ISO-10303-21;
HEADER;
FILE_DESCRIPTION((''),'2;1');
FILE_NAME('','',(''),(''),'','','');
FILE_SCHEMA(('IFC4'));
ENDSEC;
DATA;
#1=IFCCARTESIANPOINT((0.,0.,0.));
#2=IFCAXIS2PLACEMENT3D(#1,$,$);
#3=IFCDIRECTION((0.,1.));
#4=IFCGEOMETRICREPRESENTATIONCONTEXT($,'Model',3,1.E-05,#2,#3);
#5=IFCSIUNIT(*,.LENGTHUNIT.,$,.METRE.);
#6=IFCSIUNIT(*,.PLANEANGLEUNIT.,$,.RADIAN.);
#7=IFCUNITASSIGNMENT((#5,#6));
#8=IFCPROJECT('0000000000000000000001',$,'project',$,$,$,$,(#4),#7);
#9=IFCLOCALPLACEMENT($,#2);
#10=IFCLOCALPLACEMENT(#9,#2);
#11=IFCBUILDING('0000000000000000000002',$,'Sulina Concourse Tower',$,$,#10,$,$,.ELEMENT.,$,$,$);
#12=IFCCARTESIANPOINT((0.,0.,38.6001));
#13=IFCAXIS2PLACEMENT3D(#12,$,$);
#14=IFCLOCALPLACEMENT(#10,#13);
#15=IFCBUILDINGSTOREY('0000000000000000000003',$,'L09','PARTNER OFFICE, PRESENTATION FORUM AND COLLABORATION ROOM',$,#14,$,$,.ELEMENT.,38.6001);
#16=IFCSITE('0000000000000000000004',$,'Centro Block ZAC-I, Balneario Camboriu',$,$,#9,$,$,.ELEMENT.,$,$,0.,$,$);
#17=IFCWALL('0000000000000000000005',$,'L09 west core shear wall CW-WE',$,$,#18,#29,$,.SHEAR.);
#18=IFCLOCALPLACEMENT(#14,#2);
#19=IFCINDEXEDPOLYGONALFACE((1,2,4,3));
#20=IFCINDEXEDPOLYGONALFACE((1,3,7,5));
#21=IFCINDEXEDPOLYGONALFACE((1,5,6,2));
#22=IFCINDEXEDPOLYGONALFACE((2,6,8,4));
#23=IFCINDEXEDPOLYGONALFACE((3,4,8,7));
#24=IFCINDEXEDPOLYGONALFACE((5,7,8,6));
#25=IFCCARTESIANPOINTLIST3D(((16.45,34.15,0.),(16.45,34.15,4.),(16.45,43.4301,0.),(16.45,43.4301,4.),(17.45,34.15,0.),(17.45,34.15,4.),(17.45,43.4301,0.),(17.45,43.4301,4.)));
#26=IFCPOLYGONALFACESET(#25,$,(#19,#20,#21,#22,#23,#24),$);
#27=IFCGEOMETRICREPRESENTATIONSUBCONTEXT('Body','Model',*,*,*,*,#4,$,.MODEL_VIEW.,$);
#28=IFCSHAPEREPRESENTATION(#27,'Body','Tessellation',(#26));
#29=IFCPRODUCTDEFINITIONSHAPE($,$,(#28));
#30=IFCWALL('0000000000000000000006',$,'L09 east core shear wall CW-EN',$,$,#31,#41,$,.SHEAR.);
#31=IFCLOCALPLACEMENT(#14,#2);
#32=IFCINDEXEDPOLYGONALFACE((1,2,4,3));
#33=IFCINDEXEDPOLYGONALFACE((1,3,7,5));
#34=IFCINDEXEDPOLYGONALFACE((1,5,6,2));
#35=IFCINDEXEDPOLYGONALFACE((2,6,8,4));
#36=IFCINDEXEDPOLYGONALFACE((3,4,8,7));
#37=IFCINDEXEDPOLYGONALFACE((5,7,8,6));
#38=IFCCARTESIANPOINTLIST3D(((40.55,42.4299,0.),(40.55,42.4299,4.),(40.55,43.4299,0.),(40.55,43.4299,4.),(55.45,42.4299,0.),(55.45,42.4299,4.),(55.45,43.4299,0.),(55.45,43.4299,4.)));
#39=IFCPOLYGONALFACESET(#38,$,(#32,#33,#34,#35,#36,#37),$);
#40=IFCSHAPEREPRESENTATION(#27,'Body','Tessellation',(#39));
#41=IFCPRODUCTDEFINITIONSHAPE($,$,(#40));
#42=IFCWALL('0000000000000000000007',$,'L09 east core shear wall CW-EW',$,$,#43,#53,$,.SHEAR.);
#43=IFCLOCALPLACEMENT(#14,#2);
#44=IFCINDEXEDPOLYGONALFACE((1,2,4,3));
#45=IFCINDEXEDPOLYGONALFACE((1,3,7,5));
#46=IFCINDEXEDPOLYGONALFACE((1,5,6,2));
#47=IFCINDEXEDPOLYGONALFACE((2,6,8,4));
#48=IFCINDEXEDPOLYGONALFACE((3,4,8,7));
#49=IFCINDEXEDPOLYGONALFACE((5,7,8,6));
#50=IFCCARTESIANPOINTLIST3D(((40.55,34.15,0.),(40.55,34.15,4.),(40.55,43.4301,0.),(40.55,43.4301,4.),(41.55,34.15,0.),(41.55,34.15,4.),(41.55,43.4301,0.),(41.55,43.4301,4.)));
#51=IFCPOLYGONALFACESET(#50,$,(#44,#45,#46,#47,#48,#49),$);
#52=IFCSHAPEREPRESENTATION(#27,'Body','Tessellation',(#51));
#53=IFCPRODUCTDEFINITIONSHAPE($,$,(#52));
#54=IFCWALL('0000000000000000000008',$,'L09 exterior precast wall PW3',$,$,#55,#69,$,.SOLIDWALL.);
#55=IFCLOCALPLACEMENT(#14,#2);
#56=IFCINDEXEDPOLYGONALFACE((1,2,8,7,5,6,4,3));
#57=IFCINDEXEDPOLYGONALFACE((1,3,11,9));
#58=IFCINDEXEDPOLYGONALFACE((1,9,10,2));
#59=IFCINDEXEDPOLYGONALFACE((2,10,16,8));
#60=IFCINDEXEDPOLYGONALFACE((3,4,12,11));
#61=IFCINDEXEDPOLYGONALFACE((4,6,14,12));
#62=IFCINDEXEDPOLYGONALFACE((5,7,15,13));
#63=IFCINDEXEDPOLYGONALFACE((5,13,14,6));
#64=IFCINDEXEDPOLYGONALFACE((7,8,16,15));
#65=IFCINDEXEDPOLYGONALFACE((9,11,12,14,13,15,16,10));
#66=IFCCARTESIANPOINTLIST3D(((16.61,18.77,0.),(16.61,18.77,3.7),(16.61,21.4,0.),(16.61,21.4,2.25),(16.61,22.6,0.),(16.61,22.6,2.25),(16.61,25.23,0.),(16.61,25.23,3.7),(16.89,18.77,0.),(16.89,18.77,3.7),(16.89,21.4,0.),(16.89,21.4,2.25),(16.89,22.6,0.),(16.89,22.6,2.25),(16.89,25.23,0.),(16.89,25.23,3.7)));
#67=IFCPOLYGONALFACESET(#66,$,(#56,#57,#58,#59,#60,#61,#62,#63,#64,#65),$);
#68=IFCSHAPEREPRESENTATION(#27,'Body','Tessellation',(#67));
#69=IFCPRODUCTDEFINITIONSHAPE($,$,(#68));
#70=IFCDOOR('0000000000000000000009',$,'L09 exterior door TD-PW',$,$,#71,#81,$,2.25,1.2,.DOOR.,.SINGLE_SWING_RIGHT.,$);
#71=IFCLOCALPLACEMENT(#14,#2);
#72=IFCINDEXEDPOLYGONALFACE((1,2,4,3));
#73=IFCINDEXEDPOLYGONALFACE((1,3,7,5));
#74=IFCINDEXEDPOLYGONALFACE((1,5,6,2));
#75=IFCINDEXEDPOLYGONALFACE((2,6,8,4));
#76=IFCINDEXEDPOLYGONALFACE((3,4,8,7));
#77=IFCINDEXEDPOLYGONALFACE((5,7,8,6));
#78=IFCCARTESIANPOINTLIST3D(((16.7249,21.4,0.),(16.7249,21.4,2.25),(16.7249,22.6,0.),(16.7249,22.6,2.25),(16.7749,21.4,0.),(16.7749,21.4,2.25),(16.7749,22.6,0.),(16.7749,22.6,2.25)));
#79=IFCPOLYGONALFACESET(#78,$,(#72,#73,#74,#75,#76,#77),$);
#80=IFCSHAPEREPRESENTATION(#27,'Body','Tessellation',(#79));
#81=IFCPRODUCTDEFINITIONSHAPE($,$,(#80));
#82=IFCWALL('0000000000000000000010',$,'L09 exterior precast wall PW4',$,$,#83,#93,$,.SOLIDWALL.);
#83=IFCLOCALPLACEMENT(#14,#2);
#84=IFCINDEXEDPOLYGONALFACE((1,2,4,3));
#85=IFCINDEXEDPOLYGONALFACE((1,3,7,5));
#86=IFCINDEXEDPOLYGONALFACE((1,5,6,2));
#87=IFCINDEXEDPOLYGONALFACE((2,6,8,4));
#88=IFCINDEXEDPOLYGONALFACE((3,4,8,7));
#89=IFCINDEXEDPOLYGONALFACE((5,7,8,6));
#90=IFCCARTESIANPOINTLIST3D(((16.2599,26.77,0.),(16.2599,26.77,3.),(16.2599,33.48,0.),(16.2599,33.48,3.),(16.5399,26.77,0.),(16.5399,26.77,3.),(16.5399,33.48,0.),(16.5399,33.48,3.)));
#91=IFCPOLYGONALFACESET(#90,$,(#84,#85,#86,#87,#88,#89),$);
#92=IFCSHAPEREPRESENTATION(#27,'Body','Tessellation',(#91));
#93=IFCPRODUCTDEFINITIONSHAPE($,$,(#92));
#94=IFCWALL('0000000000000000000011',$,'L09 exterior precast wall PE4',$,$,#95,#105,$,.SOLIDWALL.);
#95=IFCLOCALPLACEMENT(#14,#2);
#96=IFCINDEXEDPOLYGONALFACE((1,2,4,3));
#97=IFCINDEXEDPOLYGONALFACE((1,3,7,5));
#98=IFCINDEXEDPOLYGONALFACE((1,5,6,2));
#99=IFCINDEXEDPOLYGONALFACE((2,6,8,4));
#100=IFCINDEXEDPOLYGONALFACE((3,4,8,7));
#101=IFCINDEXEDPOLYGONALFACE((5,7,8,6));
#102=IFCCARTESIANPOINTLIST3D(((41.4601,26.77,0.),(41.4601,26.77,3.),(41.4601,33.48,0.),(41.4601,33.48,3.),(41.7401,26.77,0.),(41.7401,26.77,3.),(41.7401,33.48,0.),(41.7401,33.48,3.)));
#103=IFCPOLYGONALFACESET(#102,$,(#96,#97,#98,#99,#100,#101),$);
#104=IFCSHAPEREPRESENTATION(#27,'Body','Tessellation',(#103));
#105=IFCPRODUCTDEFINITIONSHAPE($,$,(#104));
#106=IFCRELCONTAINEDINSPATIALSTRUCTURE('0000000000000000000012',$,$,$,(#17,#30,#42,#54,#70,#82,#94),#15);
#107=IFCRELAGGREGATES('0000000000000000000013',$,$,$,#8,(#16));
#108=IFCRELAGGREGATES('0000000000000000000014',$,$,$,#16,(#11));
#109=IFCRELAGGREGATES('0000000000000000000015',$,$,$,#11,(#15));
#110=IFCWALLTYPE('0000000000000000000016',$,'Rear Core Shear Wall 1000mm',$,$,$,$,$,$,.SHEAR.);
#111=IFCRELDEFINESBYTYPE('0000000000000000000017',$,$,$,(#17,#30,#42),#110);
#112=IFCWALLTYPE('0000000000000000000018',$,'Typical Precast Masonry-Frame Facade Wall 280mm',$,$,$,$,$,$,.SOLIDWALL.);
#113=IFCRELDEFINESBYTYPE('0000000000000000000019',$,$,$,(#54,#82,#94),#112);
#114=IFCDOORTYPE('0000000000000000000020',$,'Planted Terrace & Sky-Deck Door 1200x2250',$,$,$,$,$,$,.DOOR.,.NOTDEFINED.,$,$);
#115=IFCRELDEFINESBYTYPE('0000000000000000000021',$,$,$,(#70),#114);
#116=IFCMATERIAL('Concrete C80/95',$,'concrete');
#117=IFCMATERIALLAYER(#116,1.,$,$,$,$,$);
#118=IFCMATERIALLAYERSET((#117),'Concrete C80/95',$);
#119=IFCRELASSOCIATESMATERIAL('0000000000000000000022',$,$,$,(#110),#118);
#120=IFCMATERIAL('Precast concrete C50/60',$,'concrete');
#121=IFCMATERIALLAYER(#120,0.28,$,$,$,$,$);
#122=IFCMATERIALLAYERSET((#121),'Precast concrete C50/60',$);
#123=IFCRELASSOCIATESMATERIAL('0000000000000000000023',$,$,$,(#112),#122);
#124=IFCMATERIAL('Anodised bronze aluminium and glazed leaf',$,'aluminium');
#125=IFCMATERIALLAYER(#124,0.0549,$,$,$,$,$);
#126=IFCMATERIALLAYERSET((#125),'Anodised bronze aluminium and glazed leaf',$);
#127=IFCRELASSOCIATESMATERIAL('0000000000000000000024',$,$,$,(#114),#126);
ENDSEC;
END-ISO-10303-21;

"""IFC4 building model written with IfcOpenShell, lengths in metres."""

from ifc_helpers import new_model, si_unit, direction, frame, frame_2d, origin, place, context, subcontext, project, spatial, rectangle, extrude, material, layer, layer_set, type_object, element, fill, save


model = new_model("IFC4")

# Units and contexts
model_context = context("Model", 3, precision=1e-05, world=origin(), true_north=direction((0.0, 1.0)))
body_context = subcontext(model_context, "Body", "Model", "MODEL_VIEW")
ifc_project = project(units=[si_unit("LENGTHUNIT", "METRE"), si_unit("PLANEANGLEUNIT", "RADIAN")], contexts=[model_context])

# Site, building, storey
site_placement = place(None, origin())
site = spatial("IfcSite", under=ifc_project, at=site_placement, Name="Centro Block ZAC-I, Balneario Camboriu", CompositionType="ELEMENT", RefElevation=0.0)
building_placement = place(site_placement, origin())
building = spatial("IfcBuilding", under=site, at=building_placement, Name="Sulina Concourse Tower", CompositionType="ELEMENT")
storey_placement = place(building_placement, frame((0.0, 0.0, 38.6001)))
storey = spatial("IfcBuildingStorey", under=building, at=storey_placement, Name="L09", Description="PARTNER OFFICE, PRESENTATION FORUM AND COLLABORATION ROOM", CompositionType="ELEMENT", Elevation=38.6001)

# Walls
ifc_material_1 = material(Name="Concrete C80/95", Category="concrete")
ifc_layer_1 = layer(ifc_material_1, 1.0)
ifc_layer_set_1 = layer_set([ifc_layer_1], Name="Concrete C80/95")
wall_type_1 = type_object("IfcWallType", Name="Rear Core Shear Wall 1000mm", PredefinedType="SHEAR", material=ifc_layer_set_1)
wall_1_placement = place(storey_placement, frame((16.95, 34.1499, 0.0), z_axis=(0.0, 0.0, 1.0), x_axis=(0.0, 1.0, 0.0)))
element("IfcWall", 1, at=wall_1_placement, inside=storey, type_object=wall_type_1, Name="L09 west core shear wall CW-WE", PredefinedType="SHEAR", context=body_context, shape_type="SweptSolid", body=[
    extrude(rectangle(XDim=9.28, YDim=1.0, at=frame_2d((4.6401, 0.0))), origin(), (0.0, 0.0, 1.0), 4.0),
])
wall_2_placement = place(storey_placement, frame((40.55, 42.9299, 0.0), z_axis=(0.0, 0.0, 1.0), x_axis=(1.0, 0.0, 0.0)))
element("IfcWall", 2, at=wall_2_placement, inside=storey, type_object=wall_type_1, Name="L09 east core shear wall CW-EN", PredefinedType="SHEAR", context=body_context, shape_type="SweptSolid", body=[
    extrude(rectangle(XDim=14.8999, YDim=1.0, at=frame_2d((7.45, 0.0))), origin(), (0.0, 0.0, 1.0), 4.0),
])
wall_3_placement = place(storey_placement, frame((41.05, 34.1499, 0.0), z_axis=(0.0, 0.0, 1.0), x_axis=(0.0, 1.0, 0.0)))
element("IfcWall", 3, at=wall_3_placement, inside=storey, type_object=wall_type_1, Name="L09 east core shear wall CW-EW", PredefinedType="SHEAR", context=body_context, shape_type="SweptSolid", body=[
    extrude(rectangle(XDim=9.28, YDim=1.0, at=frame_2d((4.6401, 0.0))), origin(), (0.0, 0.0, 1.0), 4.0),
])

# Wall, opening, door
ifc_material_2 = material(Name="Precast concrete C50/60", Category="concrete")
ifc_layer_2 = layer(ifc_material_2, 0.28)
ifc_layer_set_2 = layer_set([ifc_layer_2], Name="Precast concrete C50/60")
wall_type_2 = type_object("IfcWallType", Name="Typical Precast Masonry-Frame Facade Wall 280mm", PredefinedType="SOLIDWALL", material=ifc_layer_set_2)
wall_4_placement = place(storey_placement, frame((16.75, 25.23, 0.0), z_axis=(0.0, 0.0, 1.0), x_axis=(0.0, -1.0, 0.0)))
wall_4 = element("IfcWall", 4, at=wall_4_placement, inside=storey, type_object=wall_type_2, Name="L09 exterior precast wall PW3", PredefinedType="SOLIDWALL", context=body_context, shape_type="SweptSolid", body=[
    extrude(rectangle(XDim=6.46, YDim=0.28, at=frame_2d((3.23, 0.0))), origin(), (0.0, 0.0, 1.0), 3.7),
])
opening_1_placement = place(wall_4_placement, frame((2.6299, 0.0, 0.0)))
opening_1 = element("IfcOpeningElement", 5, at=opening_1_placement, cuts=wall_4, PredefinedType="OPENING", context=body_context, shape_type="SweptSolid", body=[
    extrude(rectangle(XDim=1.2, YDim=2.25, at=frame_2d((0.6001, 1.125))), frame((0.0, 0.1499, 0.0), z_axis=(0.0, -1.0, 0.0), x_axis=(1.0, 0.0, 0.0)), (0.0, 0.0, 1.0), 0.3),
])
ifc_material_3 = material(Name="Anodised bronze aluminium and glazed leaf", Category="aluminium")
ifc_layer_3 = layer(ifc_material_3, 0.0549)
ifc_layer_set_3 = layer_set([ifc_layer_3], Name="Anodised bronze aluminium and glazed leaf")
door_type_1 = type_object("IfcDoorType", Name="Planted Terrace & Sky-Deck Door 1200x2250", OperationType="NOTDEFINED", PredefinedType="DOOR", material=ifc_layer_set_3)
door_1_placement = place(opening_1_placement, origin())
door_1 = element("IfcDoor", 6, at=door_1_placement, inside=storey, type_object=door_type_1, Name="L09 exterior door TD-PW", OperationType="SINGLE_SWING_RIGHT", OverallHeight=2.25, OverallWidth=1.2, PredefinedType="DOOR", context=body_context, shape_type="SweptSolid", body=[
    extrude(rectangle(XDim=1.2, YDim=2.25, at=frame_2d((0.6001, 1.125))), frame((0.0, 0.0249, 0.0), z_axis=(0.0, -1.0, 0.0), x_axis=(1.0, 0.0, 0.0)), (0.0, 0.0, 1.0), 0.05),
])
fill(opening_1, door_1)

# Walls
for number, where, z_axis, x_axis, name in (
    (7, (16.3999, 33.48, 0.0), (0.0, 0.0, 1.0), (0.0, -1.0, 0.0), "L09 exterior precast wall PW4"),
    (8, (41.6001, 26.77, 0.0), (0.0, 0.0, 1.0), (0.0, 1.0, 0.0), "L09 exterior precast wall PE4"),
):
    element("IfcWall", number, at=place(storey_placement, frame(where, z_axis=z_axis, x_axis=x_axis)), inside=storey, type_object=wall_type_2, Name=name, PredefinedType="SOLIDWALL", context=body_context, shape_type="SweptSolid", body=[
        extrude(rectangle(XDim=6.71, YDim=0.28, at=frame_2d((3.355, 0.0))), origin(), (0.0, 0.0, 1.0), 3.0),
    ])

save(model, "model.ifc")
